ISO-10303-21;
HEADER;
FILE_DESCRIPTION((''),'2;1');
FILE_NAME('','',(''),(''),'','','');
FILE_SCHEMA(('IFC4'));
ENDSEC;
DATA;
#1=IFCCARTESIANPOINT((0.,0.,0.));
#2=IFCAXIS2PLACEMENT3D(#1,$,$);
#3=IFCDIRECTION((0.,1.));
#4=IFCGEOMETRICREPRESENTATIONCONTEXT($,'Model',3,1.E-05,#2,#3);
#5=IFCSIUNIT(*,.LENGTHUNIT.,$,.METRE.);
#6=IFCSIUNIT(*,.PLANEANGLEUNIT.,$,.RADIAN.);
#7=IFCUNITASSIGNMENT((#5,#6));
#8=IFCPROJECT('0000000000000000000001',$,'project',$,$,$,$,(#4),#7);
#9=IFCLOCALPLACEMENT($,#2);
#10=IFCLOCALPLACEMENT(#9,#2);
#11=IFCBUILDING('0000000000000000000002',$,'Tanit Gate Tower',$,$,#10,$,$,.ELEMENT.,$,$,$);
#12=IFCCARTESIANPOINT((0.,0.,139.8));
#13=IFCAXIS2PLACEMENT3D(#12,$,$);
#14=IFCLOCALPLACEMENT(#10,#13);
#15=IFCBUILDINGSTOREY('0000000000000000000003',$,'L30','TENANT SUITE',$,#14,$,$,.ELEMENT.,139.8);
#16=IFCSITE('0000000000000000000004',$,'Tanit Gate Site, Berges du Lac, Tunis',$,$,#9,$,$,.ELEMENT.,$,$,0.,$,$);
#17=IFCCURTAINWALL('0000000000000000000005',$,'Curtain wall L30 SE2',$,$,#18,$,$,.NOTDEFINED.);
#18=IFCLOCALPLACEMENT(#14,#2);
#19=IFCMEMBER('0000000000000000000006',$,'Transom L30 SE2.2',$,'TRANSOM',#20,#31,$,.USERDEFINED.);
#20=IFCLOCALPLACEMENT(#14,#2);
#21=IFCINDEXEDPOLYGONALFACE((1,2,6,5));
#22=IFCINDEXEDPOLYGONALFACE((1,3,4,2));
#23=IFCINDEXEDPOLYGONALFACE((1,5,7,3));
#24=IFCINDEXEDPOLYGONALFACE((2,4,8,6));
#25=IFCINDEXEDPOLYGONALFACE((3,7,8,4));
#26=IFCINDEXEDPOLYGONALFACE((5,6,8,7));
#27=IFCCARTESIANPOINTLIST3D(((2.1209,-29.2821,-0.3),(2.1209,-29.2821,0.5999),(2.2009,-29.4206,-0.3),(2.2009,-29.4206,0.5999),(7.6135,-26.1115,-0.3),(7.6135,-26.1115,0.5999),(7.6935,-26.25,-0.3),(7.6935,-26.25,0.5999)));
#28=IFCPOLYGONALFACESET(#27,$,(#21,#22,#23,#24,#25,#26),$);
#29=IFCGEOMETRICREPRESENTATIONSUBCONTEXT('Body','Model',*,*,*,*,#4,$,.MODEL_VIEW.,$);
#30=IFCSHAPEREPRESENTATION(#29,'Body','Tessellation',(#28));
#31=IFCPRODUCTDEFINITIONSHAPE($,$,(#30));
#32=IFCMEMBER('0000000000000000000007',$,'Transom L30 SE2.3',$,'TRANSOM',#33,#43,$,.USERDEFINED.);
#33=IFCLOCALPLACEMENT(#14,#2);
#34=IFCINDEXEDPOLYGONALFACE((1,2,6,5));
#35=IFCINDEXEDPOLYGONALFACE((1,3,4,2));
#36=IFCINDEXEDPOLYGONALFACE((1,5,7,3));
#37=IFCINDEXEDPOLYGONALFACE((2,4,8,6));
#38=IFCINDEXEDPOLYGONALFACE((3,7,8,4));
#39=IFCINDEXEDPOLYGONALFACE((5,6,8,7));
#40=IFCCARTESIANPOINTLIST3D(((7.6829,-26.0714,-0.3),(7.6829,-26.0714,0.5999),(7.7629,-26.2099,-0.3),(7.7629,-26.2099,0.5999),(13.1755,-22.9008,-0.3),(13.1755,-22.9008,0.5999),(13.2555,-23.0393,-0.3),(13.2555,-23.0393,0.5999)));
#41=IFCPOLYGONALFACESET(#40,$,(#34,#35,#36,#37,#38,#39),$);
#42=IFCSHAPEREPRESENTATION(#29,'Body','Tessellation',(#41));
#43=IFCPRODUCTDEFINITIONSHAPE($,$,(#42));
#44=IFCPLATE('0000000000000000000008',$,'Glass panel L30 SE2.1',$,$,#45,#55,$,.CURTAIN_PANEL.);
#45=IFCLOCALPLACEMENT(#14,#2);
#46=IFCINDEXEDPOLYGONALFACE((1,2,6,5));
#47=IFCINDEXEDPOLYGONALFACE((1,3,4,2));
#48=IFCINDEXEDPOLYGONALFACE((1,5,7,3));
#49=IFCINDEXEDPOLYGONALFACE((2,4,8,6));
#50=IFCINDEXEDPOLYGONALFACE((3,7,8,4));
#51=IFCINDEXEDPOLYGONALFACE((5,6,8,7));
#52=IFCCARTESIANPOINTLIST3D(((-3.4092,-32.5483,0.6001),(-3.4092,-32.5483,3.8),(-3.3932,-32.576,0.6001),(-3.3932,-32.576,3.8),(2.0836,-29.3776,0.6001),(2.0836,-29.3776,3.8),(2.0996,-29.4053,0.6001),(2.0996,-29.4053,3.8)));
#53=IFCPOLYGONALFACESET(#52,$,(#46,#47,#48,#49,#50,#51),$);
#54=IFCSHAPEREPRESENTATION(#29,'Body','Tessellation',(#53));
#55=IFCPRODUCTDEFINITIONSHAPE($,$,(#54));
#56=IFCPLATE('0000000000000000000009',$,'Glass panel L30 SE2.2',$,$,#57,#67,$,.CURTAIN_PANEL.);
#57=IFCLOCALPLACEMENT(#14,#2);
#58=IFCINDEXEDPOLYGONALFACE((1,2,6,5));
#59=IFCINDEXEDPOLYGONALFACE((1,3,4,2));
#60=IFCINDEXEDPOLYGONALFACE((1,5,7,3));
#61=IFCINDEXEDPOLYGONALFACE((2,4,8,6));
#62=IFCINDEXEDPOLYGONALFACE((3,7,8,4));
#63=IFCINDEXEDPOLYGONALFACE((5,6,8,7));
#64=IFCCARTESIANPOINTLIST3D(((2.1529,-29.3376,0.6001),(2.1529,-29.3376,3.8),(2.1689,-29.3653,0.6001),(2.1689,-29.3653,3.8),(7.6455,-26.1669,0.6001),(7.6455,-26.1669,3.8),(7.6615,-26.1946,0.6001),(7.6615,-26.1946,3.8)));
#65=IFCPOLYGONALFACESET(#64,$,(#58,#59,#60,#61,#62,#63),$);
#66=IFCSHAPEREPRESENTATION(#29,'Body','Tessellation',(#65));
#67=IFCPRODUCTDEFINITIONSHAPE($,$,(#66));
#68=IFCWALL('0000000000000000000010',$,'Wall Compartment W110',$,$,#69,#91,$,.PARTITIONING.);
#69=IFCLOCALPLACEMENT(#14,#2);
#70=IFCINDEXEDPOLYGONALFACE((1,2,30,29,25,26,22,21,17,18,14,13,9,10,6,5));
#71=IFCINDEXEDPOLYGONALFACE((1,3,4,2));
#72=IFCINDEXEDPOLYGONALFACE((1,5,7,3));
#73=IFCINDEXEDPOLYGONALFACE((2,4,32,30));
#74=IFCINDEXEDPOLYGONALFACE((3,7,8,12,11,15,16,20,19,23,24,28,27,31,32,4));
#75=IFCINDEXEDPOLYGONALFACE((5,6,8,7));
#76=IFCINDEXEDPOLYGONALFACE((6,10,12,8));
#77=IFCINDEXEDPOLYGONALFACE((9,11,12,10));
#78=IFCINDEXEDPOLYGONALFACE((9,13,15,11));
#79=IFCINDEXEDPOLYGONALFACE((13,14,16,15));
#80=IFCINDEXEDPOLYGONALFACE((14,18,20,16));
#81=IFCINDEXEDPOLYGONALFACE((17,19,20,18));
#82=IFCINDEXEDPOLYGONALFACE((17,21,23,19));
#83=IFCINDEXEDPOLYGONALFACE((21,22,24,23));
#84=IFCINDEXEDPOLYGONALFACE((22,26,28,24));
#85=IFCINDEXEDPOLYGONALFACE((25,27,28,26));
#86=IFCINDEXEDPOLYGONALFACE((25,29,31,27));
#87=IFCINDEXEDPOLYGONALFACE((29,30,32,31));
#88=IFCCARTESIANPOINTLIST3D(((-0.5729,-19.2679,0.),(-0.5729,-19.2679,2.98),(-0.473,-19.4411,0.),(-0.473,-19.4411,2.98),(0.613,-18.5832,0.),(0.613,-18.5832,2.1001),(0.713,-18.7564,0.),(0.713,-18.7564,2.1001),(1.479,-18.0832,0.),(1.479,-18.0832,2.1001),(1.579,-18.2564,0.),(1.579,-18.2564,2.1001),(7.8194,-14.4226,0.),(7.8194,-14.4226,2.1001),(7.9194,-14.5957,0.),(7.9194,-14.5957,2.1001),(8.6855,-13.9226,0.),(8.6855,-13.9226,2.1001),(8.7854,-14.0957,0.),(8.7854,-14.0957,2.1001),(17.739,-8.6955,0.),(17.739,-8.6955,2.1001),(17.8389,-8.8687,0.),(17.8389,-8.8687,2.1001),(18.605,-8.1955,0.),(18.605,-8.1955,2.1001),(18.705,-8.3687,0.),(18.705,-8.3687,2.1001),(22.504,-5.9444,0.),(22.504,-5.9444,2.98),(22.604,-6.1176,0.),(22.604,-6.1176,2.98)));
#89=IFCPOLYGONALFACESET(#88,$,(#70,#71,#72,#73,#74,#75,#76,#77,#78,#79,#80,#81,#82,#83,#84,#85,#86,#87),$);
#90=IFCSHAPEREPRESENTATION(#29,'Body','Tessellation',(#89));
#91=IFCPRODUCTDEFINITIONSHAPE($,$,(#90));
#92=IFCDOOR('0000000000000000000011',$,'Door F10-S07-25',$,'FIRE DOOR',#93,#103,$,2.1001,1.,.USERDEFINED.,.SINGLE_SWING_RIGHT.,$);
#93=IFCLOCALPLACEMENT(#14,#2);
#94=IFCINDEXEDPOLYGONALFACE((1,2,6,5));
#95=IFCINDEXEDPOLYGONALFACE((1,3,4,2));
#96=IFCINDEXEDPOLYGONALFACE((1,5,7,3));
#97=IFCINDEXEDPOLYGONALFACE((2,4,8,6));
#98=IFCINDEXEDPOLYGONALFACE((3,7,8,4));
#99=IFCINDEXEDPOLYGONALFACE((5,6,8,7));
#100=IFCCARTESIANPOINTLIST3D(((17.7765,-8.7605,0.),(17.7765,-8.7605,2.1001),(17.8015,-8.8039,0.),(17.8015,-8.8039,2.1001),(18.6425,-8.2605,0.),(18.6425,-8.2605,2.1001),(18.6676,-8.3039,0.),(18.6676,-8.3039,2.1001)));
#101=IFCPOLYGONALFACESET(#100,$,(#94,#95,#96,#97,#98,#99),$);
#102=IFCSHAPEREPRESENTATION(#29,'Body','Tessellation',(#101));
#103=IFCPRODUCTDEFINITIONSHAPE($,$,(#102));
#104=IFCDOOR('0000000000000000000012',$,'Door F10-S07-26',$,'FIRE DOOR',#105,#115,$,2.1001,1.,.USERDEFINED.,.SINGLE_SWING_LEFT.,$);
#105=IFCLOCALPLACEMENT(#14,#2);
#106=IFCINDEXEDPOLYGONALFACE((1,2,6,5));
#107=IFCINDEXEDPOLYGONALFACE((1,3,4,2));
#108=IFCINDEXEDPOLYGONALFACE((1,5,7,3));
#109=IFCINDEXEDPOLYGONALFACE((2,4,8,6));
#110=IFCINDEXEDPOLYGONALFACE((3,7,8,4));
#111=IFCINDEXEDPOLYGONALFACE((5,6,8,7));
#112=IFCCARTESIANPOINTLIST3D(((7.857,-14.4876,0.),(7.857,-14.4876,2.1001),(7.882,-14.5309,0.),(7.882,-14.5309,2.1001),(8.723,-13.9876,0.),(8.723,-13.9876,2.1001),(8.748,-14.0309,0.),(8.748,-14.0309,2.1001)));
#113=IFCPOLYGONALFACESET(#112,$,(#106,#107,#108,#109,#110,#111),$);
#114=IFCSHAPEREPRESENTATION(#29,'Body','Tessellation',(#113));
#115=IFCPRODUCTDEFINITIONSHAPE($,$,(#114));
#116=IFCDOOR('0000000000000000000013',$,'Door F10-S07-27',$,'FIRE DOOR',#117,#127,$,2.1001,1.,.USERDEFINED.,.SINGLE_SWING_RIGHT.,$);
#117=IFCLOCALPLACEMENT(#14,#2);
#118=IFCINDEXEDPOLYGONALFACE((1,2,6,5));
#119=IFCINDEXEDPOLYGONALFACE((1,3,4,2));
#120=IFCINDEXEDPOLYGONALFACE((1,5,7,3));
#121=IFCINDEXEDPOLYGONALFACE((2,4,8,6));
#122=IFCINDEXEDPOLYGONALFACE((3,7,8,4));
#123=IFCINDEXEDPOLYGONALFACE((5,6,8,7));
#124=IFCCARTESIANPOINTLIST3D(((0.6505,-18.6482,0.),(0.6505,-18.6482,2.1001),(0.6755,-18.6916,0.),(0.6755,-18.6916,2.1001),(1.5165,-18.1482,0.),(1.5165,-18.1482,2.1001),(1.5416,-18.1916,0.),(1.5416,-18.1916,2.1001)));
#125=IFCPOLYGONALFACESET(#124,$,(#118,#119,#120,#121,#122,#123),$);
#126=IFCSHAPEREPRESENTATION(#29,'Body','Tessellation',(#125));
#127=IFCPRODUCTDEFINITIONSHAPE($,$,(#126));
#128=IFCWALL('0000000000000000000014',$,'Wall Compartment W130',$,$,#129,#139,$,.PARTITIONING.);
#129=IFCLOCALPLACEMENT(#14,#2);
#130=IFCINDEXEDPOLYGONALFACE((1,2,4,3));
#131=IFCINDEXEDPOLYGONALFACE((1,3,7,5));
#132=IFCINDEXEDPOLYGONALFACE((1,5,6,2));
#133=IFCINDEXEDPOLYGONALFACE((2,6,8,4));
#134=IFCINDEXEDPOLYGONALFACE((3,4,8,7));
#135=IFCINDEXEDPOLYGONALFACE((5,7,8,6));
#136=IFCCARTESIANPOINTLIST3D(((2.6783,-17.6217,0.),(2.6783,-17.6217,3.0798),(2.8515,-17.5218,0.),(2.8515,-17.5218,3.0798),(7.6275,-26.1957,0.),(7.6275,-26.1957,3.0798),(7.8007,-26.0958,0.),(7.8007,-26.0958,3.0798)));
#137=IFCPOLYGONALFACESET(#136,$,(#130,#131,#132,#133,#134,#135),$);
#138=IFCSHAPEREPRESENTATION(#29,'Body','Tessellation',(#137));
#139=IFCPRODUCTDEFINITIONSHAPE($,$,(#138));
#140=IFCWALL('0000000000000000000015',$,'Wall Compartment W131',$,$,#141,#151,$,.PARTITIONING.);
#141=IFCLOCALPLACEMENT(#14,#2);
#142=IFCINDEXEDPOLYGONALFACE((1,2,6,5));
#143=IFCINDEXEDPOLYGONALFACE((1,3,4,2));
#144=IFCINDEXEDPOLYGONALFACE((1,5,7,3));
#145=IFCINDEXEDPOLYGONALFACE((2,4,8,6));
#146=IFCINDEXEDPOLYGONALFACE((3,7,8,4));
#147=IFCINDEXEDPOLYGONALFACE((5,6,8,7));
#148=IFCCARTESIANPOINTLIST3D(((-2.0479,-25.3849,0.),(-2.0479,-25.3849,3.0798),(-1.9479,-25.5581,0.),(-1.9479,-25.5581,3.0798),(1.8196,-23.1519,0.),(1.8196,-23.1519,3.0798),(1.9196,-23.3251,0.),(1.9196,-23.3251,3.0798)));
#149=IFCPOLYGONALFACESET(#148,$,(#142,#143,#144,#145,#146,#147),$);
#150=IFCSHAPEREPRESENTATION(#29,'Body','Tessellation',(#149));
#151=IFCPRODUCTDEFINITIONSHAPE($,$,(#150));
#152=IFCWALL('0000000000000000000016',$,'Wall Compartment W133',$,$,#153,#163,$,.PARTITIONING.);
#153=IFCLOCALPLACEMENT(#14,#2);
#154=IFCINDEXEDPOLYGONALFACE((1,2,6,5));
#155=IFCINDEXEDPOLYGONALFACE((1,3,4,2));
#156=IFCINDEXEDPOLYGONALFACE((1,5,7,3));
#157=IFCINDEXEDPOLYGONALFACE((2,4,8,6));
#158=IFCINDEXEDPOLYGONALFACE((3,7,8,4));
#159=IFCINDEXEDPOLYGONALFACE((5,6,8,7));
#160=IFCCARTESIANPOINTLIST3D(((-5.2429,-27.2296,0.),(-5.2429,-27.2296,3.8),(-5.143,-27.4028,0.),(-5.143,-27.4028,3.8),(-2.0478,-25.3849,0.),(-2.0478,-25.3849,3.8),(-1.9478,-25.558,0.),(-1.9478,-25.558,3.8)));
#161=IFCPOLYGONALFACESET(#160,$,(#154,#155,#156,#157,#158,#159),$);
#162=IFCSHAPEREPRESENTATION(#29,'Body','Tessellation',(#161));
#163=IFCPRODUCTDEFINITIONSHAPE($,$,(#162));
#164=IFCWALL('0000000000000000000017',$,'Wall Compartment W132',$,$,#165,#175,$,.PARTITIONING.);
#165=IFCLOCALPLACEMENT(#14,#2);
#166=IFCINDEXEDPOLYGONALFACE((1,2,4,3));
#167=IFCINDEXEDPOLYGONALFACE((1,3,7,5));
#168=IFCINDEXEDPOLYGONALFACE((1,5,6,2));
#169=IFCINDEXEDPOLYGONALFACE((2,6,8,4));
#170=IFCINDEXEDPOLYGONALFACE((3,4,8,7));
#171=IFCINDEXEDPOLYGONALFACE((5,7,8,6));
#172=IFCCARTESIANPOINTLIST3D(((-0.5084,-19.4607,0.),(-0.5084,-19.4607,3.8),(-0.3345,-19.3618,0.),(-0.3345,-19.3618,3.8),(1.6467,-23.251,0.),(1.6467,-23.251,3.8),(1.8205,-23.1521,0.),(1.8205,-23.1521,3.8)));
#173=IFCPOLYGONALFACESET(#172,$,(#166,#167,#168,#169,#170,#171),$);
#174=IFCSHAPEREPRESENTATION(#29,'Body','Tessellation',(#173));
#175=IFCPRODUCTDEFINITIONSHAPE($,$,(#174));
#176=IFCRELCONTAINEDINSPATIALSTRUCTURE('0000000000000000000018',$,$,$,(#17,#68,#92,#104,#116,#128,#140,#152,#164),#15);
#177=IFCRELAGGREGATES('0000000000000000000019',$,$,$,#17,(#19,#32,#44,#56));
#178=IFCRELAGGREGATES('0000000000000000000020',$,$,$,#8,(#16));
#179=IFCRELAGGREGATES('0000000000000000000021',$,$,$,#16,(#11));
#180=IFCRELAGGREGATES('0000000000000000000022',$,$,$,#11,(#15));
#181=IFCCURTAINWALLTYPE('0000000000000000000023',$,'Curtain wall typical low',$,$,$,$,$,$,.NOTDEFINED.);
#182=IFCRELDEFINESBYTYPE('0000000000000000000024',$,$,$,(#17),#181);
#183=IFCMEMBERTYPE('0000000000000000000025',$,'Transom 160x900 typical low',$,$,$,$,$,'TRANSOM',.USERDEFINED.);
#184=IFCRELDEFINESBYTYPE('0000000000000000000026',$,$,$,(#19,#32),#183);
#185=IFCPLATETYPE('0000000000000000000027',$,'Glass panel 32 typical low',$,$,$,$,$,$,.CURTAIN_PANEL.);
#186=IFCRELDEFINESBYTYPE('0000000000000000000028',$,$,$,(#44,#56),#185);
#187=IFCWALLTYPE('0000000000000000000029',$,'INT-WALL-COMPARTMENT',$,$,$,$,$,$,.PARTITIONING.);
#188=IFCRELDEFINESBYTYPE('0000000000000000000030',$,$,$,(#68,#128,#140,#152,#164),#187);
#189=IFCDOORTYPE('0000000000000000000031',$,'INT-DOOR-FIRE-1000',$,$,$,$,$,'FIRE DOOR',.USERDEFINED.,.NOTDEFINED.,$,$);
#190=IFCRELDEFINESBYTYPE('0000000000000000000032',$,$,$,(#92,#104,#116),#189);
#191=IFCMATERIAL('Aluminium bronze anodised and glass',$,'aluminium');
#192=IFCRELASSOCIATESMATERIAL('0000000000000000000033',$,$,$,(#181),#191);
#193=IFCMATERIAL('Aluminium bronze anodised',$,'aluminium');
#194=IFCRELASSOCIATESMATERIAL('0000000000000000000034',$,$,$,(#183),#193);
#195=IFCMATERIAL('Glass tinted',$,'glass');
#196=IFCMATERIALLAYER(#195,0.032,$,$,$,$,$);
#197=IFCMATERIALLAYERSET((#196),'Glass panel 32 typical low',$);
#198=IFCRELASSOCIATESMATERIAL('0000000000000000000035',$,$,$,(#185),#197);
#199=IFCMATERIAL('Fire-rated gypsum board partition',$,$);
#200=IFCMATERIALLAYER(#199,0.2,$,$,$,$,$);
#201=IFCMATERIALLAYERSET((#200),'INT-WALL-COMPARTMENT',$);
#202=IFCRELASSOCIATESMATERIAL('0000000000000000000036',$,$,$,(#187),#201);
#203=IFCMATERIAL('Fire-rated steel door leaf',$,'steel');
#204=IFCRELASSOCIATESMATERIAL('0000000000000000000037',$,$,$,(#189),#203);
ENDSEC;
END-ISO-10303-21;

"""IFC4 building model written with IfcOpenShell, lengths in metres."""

from ifc_helpers import new_model, si_unit, direction, frame, frame_2d, origin, origin_2d, place, context, subcontext, project, spatial, rectangle, extrude, material, layer, layer_set, material_profile, profile_set, type_object, element, fill, aggregate, save


model = new_model("IFC4")

# Units and contexts
model_context = context("Model", 3, precision=1e-05, world=origin(), true_north=direction((0.0, 1.0)))
body_context = subcontext(model_context, "Body", "Model", "MODEL_VIEW")
ifc_project = project(units=[si_unit("LENGTHUNIT", "METRE"), si_unit("PLANEANGLEUNIT", "RADIAN")], contexts=[model_context])

# Site, building, storey
site_placement = place(None, origin())
site = spatial("IfcSite", under=ifc_project, at=site_placement, Name="Tanit Gate Site, Berges du Lac, Tunis", CompositionType="ELEMENT", RefElevation=0.0)
building_placement = place(site_placement, origin())
building = spatial("IfcBuilding", under=site, at=building_placement, Name="Tanit Gate Tower", CompositionType="ELEMENT")
storey_placement = place(building_placement, frame((0.0, 0.0, 139.8)))
storey = spatial("IfcBuildingStorey", under=building, at=storey_placement, Name="L30", Description="TENANT SUITE", CompositionType="ELEMENT", Elevation=139.8)

# Curtain wall
ifc_material_1 = material(Name="Aluminium bronze anodised and glass", Category="aluminium")
curtain_wall_type = type_object("IfcCurtainWallType", Name="Curtain wall typical low", PredefinedType="NOTDEFINED", material=ifc_material_1)
curtain_wall_1_placement = place(storey_placement, origin())
curtain_wall_1 = element("IfcCurtainWall", 1, at=curtain_wall_1_placement, inside=storey, type_object=curtain_wall_type, Name="Curtain wall L30 SE2", PredefinedType="NOTDEFINED")

# Members
ifc_material_2 = material(Name="Aluminium bronze anodised", Category="aluminium")
ifc_material_profile_1 = material_profile(ifc_material_2, rectangle(XDim=0.1599, YDim=0.8999, at=origin_2d()), Name="160x900 bronze transom")
ifc_profile_set_1 = profile_set([ifc_material_profile_1], Name="Aluminium bronze anodised")
member_type_1 = type_object("IfcMemberType", Name="Transom 160x900 typical low", ElementType="TRANSOM", PredefinedType="USERDEFINED", material=ifc_profile_set_1)
member_1_placement = place(storey_placement, frame((2.1609, -29.3513, 0.1499), z_axis=(0.866063, 0.499936, 0.0), x_axis=(-0.499936, 0.866063, 0.0)))
member_1 = element("IfcMember", 2, at=member_1_placement, type_object=member_type_1, Name="Transom L30 SE2.2", ObjectType="TRANSOM", PredefinedType="USERDEFINED", context=body_context, shape_type="SweptSolid", body=[
    extrude(rectangle(XDim=0.1599, YDim=0.8999, at=origin_2d()), origin(), (0.0, 0.0, 1.0), 6.342),
])
member_2_placement = place(storey_placement, frame((7.7229, -26.1406, 0.1499), z_axis=(0.866063, 0.499936, 0.0), x_axis=(-0.499936, 0.866063, 0.0)))
member_2 = element("IfcMember", 3, at=member_2_placement, type_object=member_type_1, Name="Transom L30 SE2.3", ObjectType="TRANSOM", PredefinedType="USERDEFINED", context=body_context, shape_type="SweptSolid", body=[
    extrude(rectangle(XDim=0.1599, YDim=0.8999, at=origin_2d()), origin(), (0.0, 0.0, 1.0), 6.342),
])

# Plates
ifc_material_3 = material(Name="Glass tinted", Category="glass")
ifc_layer_1 = layer(ifc_material_3, 0.032)
ifc_layer_set_1 = layer_set([ifc_layer_1], Name="Glass panel 32 typical low")
plate_type = type_object("IfcPlateType", Name="Glass panel 32 typical low", PredefinedType="CURTAIN_PANEL", material=ifc_layer_set_1)
plate_1_placement = place(storey_placement, frame((-0.6548, -30.9768, 0.6001), z_axis=(0.0, 0.0, 1.0), x_axis=(0.86606, 0.49994, 0.0)))
plate_1 = element("IfcPlate", 4, at=plate_1_placement, type_object=plate_type, Name="Glass panel L30 SE2.1", PredefinedType="CURTAIN_PANEL", context=body_context, shape_type="SweptSolid", body=[
    extrude(rectangle(XDim=6.3423, YDim=0.032, at=origin_2d()), origin(), (0.0, 0.0, 1.0), 3.2),
])
plate_2_placement = place(storey_placement, frame((4.9072, -27.7661, 0.6001), z_axis=(0.0, 0.0, 1.0), x_axis=(0.86606, 0.49994, 0.0)))
plate_2 = element("IfcPlate", 5, at=plate_2_placement, type_object=plate_type, Name="Glass panel L30 SE2.2", PredefinedType="CURTAIN_PANEL", context=body_context, shape_type="SweptSolid", body=[
    extrude(rectangle(XDim=6.342, YDim=0.032, at=origin_2d()), origin(), (0.0, 0.0, 1.0), 3.2),
])
aggregate(curtain_wall_1, [member_1, member_2, plate_1, plate_2])

# Wall, openings, doors
ifc_material_4 = material(Name="Fire-rated gypsum board partition")
ifc_layer_2 = layer(ifc_material_4, 0.2)
ifc_layer_set_2 = layer_set([ifc_layer_2], Name="INT-WALL-COMPARTMENT")
wall_type_1 = type_object("IfcWallType", Name="INT-WALL-COMPARTMENT", PredefinedType="PARTITIONING", material=ifc_layer_set_2)
wall_1_placement = place(storey_placement, frame((-0.5229, -19.3545, 0.0), z_axis=(0.0, 0.0, 1.0), x_axis=(0.866025, 0.500001, 0.0)))
wall_1 = element("IfcWall", 6, at=wall_1_placement, inside=storey, type_object=wall_type_1, Name="Wall Compartment W110", PredefinedType="PARTITIONING", context=body_context, shape_type="SweptSolid", body=[
    extrude(rectangle(XDim=26.647, YDim=0.2, at=frame_2d((13.3235, 0.0))), origin(), (0.0, 0.0, 1.0), 2.98),
])
opening_1_placement = place(wall_1_placement, frame((21.1448, 0.0, 0.0)))
opening_1 = element("IfcOpeningElement", 7, at=opening_1_placement, cuts=wall_1, PredefinedType="OPENING", context=body_context, shape_type="SweptSolid", body=[
    extrude(rectangle(XDim=1.0, YDim=2.1001, at=frame_2d((0.5, 1.05))), frame((0.0, 0.1099, 0.0), z_axis=(0.0, -1.0, 0.0), x_axis=(1.0, 0.0, 0.0)), (0.0, 0.0, 1.0), 0.22),
])
opening_2_placement = place(wall_1_placement, frame((9.6907, 0.0, 0.0)))
opening_2 = element("IfcOpeningElement", 8, at=opening_2_placement, cuts=wall_1, PredefinedType="OPENING", context=body_context, shape_type="SweptSolid", body=[
    extrude(rectangle(XDim=1.0, YDim=2.1001, at=frame_2d((0.5, 1.05))), frame((0.0, 0.1099, 0.0), z_axis=(0.0, -1.0, 0.0), x_axis=(1.0, 0.0, 0.0)), (0.0, 0.0, 1.0), 0.22),
])
opening_3_placement = place(wall_1_placement, frame((1.3694, 0.0, 0.0)))
opening_3 = element("IfcOpeningElement", 9, at=opening_3_placement, cuts=wall_1, PredefinedType="OPENING", context=body_context, shape_type="SweptSolid", body=[
    extrude(rectangle(XDim=1.0, YDim=2.1001, at=frame_2d((0.5, 1.05))), frame((0.0, 0.1099, 0.0), z_axis=(0.0, -1.0, 0.0), x_axis=(1.0, 0.0, 0.0)), (0.0, 0.0, 1.0), 0.22),
])
ifc_material_5 = material(Name="Fire-rated steel door leaf", Category="steel")
door_type = type_object("IfcDoorType", Name="INT-DOOR-FIRE-1000", ElementType="FIRE DOOR", OperationType="NOTDEFINED", PredefinedType="USERDEFINED", material=ifc_material_5)
door_1_placement = place(opening_1_placement, origin())
door_1 = element("IfcDoor", 10, at=door_1_placement, inside=storey, type_object=door_type, Name="Door F10-S07-25", ObjectType="FIRE DOOR", OperationType="SINGLE_SWING_RIGHT", OverallHeight=2.1001, OverallWidth=1.0, PredefinedType="USERDEFINED", context=body_context, shape_type="SweptSolid", body=[
    extrude(rectangle(XDim=1.0, YDim=2.1001, at=frame_2d((0.5, 1.05))), frame((0.0, 0.0249, 0.0), z_axis=(0.0, -1.0, 0.0), x_axis=(1.0, 0.0, 0.0)), (0.0, 0.0, 1.0), 0.05),
])
fill(opening_1, door_1)
door_2_placement = place(opening_2_placement, origin())
door_2 = element("IfcDoor", 11, at=door_2_placement, inside=storey, type_object=door_type, Name="Door F10-S07-26", ObjectType="FIRE DOOR", OperationType="SINGLE_SWING_LEFT", OverallHeight=2.1001, OverallWidth=1.0, PredefinedType="USERDEFINED", context=body_context, shape_type="SweptSolid", body=[
    extrude(rectangle(XDim=1.0, YDim=2.1001, at=frame_2d((0.5, 1.05))), frame((0.0, 0.0249, 0.0), z_axis=(0.0, -1.0, 0.0), x_axis=(1.0, 0.0, 0.0)), (0.0, 0.0, 1.0), 0.05),
])
fill(opening_2, door_2)
door_3_placement = place(opening_3_placement, origin())
door_3 = element("IfcDoor", 12, at=door_3_placement, inside=storey, type_object=door_type, Name="Door F10-S07-27", ObjectType="FIRE DOOR", OperationType="SINGLE_SWING_RIGHT", OverallHeight=2.1001, OverallWidth=1.0, PredefinedType="USERDEFINED", context=body_context, shape_type="SweptSolid", body=[
    extrude(rectangle(XDim=1.0, YDim=2.1001, at=frame_2d((0.5, 1.05))), frame((0.0, 0.0249, 0.0), z_axis=(0.0, -1.0, 0.0), x_axis=(1.0, 0.0, 0.0)), (0.0, 0.0, 1.0), 0.05),
])
fill(opening_3, door_3)

# Walls
wall_2_placement = place(storey_placement, frame((7.7141, -26.1458, 0.0), z_axis=(0.0, 0.0, 1.0), x_axis=(-0.499927, 0.866068, 0.0)))
element("IfcWall", 13, at=wall_2_placement, inside=storey, type_object=wall_type_1, Name="Wall Compartment W130", PredefinedType="PARTITIONING", context=body_context, shape_type="SweptSolid", body=[
    extrude(rectangle(XDim=9.8999, YDim=0.2, at=frame_2d((4.95, 0.0))), origin(), (0.0, 0.0, 1.0), 3.0798),
])
wall_3_placement = place(storey_placement, frame((1.8696, -23.2385, 0.0), z_axis=(0.0, 0.0, 1.0), x_axis=(-0.866021, -0.500008, 0.0)))
element("IfcWall", 14, at=wall_3_placement, inside=storey, type_object=wall_type_1, Name="Wall Compartment W131", PredefinedType="PARTITIONING", context=body_context, shape_type="SweptSolid", body=[
    extrude(rectangle(XDim=4.4658, YDim=0.2, at=frame_2d((2.2329, 0.0))), origin(), (0.0, 0.0, 1.0), 3.0798),
])
wall_4_placement = place(storey_placement, frame((-1.9978, -25.4714, 0.0), z_axis=(0.0, 0.0, 1.0), x_axis=(-0.866019, -0.500011, 0.0)))
element("IfcWall", 15, at=wall_4_placement, inside=storey, type_object=wall_type_1, Name="Wall Compartment W133", PredefinedType="PARTITIONING", context=body_context, shape_type="SweptSolid", body=[
    extrude(rectangle(XDim=3.6895, YDim=0.2, at=frame_2d((1.8447, 0.0))), origin(), (0.0, 0.0, 1.0), 3.8),
])
wall_5_placement = place(storey_placement, frame((1.7336, -23.2017, 0.0), z_axis=(0.0, 0.0, 1.0), x_axis=(-0.494262, 0.869313, 0.0)))
element("IfcWall", 16, at=wall_5_placement, inside=storey, type_object=wall_type_1, Name="Wall Compartment W132", PredefinedType="PARTITIONING", context=body_context, shape_type="SweptSolid", body=[
    extrude(rectangle(XDim=4.3601, YDim=0.2, at=frame_2d((2.1802, 0.0))), origin(), (0.0, 0.0, 1.0), 3.8),
])

save(model, "model.ifc")
